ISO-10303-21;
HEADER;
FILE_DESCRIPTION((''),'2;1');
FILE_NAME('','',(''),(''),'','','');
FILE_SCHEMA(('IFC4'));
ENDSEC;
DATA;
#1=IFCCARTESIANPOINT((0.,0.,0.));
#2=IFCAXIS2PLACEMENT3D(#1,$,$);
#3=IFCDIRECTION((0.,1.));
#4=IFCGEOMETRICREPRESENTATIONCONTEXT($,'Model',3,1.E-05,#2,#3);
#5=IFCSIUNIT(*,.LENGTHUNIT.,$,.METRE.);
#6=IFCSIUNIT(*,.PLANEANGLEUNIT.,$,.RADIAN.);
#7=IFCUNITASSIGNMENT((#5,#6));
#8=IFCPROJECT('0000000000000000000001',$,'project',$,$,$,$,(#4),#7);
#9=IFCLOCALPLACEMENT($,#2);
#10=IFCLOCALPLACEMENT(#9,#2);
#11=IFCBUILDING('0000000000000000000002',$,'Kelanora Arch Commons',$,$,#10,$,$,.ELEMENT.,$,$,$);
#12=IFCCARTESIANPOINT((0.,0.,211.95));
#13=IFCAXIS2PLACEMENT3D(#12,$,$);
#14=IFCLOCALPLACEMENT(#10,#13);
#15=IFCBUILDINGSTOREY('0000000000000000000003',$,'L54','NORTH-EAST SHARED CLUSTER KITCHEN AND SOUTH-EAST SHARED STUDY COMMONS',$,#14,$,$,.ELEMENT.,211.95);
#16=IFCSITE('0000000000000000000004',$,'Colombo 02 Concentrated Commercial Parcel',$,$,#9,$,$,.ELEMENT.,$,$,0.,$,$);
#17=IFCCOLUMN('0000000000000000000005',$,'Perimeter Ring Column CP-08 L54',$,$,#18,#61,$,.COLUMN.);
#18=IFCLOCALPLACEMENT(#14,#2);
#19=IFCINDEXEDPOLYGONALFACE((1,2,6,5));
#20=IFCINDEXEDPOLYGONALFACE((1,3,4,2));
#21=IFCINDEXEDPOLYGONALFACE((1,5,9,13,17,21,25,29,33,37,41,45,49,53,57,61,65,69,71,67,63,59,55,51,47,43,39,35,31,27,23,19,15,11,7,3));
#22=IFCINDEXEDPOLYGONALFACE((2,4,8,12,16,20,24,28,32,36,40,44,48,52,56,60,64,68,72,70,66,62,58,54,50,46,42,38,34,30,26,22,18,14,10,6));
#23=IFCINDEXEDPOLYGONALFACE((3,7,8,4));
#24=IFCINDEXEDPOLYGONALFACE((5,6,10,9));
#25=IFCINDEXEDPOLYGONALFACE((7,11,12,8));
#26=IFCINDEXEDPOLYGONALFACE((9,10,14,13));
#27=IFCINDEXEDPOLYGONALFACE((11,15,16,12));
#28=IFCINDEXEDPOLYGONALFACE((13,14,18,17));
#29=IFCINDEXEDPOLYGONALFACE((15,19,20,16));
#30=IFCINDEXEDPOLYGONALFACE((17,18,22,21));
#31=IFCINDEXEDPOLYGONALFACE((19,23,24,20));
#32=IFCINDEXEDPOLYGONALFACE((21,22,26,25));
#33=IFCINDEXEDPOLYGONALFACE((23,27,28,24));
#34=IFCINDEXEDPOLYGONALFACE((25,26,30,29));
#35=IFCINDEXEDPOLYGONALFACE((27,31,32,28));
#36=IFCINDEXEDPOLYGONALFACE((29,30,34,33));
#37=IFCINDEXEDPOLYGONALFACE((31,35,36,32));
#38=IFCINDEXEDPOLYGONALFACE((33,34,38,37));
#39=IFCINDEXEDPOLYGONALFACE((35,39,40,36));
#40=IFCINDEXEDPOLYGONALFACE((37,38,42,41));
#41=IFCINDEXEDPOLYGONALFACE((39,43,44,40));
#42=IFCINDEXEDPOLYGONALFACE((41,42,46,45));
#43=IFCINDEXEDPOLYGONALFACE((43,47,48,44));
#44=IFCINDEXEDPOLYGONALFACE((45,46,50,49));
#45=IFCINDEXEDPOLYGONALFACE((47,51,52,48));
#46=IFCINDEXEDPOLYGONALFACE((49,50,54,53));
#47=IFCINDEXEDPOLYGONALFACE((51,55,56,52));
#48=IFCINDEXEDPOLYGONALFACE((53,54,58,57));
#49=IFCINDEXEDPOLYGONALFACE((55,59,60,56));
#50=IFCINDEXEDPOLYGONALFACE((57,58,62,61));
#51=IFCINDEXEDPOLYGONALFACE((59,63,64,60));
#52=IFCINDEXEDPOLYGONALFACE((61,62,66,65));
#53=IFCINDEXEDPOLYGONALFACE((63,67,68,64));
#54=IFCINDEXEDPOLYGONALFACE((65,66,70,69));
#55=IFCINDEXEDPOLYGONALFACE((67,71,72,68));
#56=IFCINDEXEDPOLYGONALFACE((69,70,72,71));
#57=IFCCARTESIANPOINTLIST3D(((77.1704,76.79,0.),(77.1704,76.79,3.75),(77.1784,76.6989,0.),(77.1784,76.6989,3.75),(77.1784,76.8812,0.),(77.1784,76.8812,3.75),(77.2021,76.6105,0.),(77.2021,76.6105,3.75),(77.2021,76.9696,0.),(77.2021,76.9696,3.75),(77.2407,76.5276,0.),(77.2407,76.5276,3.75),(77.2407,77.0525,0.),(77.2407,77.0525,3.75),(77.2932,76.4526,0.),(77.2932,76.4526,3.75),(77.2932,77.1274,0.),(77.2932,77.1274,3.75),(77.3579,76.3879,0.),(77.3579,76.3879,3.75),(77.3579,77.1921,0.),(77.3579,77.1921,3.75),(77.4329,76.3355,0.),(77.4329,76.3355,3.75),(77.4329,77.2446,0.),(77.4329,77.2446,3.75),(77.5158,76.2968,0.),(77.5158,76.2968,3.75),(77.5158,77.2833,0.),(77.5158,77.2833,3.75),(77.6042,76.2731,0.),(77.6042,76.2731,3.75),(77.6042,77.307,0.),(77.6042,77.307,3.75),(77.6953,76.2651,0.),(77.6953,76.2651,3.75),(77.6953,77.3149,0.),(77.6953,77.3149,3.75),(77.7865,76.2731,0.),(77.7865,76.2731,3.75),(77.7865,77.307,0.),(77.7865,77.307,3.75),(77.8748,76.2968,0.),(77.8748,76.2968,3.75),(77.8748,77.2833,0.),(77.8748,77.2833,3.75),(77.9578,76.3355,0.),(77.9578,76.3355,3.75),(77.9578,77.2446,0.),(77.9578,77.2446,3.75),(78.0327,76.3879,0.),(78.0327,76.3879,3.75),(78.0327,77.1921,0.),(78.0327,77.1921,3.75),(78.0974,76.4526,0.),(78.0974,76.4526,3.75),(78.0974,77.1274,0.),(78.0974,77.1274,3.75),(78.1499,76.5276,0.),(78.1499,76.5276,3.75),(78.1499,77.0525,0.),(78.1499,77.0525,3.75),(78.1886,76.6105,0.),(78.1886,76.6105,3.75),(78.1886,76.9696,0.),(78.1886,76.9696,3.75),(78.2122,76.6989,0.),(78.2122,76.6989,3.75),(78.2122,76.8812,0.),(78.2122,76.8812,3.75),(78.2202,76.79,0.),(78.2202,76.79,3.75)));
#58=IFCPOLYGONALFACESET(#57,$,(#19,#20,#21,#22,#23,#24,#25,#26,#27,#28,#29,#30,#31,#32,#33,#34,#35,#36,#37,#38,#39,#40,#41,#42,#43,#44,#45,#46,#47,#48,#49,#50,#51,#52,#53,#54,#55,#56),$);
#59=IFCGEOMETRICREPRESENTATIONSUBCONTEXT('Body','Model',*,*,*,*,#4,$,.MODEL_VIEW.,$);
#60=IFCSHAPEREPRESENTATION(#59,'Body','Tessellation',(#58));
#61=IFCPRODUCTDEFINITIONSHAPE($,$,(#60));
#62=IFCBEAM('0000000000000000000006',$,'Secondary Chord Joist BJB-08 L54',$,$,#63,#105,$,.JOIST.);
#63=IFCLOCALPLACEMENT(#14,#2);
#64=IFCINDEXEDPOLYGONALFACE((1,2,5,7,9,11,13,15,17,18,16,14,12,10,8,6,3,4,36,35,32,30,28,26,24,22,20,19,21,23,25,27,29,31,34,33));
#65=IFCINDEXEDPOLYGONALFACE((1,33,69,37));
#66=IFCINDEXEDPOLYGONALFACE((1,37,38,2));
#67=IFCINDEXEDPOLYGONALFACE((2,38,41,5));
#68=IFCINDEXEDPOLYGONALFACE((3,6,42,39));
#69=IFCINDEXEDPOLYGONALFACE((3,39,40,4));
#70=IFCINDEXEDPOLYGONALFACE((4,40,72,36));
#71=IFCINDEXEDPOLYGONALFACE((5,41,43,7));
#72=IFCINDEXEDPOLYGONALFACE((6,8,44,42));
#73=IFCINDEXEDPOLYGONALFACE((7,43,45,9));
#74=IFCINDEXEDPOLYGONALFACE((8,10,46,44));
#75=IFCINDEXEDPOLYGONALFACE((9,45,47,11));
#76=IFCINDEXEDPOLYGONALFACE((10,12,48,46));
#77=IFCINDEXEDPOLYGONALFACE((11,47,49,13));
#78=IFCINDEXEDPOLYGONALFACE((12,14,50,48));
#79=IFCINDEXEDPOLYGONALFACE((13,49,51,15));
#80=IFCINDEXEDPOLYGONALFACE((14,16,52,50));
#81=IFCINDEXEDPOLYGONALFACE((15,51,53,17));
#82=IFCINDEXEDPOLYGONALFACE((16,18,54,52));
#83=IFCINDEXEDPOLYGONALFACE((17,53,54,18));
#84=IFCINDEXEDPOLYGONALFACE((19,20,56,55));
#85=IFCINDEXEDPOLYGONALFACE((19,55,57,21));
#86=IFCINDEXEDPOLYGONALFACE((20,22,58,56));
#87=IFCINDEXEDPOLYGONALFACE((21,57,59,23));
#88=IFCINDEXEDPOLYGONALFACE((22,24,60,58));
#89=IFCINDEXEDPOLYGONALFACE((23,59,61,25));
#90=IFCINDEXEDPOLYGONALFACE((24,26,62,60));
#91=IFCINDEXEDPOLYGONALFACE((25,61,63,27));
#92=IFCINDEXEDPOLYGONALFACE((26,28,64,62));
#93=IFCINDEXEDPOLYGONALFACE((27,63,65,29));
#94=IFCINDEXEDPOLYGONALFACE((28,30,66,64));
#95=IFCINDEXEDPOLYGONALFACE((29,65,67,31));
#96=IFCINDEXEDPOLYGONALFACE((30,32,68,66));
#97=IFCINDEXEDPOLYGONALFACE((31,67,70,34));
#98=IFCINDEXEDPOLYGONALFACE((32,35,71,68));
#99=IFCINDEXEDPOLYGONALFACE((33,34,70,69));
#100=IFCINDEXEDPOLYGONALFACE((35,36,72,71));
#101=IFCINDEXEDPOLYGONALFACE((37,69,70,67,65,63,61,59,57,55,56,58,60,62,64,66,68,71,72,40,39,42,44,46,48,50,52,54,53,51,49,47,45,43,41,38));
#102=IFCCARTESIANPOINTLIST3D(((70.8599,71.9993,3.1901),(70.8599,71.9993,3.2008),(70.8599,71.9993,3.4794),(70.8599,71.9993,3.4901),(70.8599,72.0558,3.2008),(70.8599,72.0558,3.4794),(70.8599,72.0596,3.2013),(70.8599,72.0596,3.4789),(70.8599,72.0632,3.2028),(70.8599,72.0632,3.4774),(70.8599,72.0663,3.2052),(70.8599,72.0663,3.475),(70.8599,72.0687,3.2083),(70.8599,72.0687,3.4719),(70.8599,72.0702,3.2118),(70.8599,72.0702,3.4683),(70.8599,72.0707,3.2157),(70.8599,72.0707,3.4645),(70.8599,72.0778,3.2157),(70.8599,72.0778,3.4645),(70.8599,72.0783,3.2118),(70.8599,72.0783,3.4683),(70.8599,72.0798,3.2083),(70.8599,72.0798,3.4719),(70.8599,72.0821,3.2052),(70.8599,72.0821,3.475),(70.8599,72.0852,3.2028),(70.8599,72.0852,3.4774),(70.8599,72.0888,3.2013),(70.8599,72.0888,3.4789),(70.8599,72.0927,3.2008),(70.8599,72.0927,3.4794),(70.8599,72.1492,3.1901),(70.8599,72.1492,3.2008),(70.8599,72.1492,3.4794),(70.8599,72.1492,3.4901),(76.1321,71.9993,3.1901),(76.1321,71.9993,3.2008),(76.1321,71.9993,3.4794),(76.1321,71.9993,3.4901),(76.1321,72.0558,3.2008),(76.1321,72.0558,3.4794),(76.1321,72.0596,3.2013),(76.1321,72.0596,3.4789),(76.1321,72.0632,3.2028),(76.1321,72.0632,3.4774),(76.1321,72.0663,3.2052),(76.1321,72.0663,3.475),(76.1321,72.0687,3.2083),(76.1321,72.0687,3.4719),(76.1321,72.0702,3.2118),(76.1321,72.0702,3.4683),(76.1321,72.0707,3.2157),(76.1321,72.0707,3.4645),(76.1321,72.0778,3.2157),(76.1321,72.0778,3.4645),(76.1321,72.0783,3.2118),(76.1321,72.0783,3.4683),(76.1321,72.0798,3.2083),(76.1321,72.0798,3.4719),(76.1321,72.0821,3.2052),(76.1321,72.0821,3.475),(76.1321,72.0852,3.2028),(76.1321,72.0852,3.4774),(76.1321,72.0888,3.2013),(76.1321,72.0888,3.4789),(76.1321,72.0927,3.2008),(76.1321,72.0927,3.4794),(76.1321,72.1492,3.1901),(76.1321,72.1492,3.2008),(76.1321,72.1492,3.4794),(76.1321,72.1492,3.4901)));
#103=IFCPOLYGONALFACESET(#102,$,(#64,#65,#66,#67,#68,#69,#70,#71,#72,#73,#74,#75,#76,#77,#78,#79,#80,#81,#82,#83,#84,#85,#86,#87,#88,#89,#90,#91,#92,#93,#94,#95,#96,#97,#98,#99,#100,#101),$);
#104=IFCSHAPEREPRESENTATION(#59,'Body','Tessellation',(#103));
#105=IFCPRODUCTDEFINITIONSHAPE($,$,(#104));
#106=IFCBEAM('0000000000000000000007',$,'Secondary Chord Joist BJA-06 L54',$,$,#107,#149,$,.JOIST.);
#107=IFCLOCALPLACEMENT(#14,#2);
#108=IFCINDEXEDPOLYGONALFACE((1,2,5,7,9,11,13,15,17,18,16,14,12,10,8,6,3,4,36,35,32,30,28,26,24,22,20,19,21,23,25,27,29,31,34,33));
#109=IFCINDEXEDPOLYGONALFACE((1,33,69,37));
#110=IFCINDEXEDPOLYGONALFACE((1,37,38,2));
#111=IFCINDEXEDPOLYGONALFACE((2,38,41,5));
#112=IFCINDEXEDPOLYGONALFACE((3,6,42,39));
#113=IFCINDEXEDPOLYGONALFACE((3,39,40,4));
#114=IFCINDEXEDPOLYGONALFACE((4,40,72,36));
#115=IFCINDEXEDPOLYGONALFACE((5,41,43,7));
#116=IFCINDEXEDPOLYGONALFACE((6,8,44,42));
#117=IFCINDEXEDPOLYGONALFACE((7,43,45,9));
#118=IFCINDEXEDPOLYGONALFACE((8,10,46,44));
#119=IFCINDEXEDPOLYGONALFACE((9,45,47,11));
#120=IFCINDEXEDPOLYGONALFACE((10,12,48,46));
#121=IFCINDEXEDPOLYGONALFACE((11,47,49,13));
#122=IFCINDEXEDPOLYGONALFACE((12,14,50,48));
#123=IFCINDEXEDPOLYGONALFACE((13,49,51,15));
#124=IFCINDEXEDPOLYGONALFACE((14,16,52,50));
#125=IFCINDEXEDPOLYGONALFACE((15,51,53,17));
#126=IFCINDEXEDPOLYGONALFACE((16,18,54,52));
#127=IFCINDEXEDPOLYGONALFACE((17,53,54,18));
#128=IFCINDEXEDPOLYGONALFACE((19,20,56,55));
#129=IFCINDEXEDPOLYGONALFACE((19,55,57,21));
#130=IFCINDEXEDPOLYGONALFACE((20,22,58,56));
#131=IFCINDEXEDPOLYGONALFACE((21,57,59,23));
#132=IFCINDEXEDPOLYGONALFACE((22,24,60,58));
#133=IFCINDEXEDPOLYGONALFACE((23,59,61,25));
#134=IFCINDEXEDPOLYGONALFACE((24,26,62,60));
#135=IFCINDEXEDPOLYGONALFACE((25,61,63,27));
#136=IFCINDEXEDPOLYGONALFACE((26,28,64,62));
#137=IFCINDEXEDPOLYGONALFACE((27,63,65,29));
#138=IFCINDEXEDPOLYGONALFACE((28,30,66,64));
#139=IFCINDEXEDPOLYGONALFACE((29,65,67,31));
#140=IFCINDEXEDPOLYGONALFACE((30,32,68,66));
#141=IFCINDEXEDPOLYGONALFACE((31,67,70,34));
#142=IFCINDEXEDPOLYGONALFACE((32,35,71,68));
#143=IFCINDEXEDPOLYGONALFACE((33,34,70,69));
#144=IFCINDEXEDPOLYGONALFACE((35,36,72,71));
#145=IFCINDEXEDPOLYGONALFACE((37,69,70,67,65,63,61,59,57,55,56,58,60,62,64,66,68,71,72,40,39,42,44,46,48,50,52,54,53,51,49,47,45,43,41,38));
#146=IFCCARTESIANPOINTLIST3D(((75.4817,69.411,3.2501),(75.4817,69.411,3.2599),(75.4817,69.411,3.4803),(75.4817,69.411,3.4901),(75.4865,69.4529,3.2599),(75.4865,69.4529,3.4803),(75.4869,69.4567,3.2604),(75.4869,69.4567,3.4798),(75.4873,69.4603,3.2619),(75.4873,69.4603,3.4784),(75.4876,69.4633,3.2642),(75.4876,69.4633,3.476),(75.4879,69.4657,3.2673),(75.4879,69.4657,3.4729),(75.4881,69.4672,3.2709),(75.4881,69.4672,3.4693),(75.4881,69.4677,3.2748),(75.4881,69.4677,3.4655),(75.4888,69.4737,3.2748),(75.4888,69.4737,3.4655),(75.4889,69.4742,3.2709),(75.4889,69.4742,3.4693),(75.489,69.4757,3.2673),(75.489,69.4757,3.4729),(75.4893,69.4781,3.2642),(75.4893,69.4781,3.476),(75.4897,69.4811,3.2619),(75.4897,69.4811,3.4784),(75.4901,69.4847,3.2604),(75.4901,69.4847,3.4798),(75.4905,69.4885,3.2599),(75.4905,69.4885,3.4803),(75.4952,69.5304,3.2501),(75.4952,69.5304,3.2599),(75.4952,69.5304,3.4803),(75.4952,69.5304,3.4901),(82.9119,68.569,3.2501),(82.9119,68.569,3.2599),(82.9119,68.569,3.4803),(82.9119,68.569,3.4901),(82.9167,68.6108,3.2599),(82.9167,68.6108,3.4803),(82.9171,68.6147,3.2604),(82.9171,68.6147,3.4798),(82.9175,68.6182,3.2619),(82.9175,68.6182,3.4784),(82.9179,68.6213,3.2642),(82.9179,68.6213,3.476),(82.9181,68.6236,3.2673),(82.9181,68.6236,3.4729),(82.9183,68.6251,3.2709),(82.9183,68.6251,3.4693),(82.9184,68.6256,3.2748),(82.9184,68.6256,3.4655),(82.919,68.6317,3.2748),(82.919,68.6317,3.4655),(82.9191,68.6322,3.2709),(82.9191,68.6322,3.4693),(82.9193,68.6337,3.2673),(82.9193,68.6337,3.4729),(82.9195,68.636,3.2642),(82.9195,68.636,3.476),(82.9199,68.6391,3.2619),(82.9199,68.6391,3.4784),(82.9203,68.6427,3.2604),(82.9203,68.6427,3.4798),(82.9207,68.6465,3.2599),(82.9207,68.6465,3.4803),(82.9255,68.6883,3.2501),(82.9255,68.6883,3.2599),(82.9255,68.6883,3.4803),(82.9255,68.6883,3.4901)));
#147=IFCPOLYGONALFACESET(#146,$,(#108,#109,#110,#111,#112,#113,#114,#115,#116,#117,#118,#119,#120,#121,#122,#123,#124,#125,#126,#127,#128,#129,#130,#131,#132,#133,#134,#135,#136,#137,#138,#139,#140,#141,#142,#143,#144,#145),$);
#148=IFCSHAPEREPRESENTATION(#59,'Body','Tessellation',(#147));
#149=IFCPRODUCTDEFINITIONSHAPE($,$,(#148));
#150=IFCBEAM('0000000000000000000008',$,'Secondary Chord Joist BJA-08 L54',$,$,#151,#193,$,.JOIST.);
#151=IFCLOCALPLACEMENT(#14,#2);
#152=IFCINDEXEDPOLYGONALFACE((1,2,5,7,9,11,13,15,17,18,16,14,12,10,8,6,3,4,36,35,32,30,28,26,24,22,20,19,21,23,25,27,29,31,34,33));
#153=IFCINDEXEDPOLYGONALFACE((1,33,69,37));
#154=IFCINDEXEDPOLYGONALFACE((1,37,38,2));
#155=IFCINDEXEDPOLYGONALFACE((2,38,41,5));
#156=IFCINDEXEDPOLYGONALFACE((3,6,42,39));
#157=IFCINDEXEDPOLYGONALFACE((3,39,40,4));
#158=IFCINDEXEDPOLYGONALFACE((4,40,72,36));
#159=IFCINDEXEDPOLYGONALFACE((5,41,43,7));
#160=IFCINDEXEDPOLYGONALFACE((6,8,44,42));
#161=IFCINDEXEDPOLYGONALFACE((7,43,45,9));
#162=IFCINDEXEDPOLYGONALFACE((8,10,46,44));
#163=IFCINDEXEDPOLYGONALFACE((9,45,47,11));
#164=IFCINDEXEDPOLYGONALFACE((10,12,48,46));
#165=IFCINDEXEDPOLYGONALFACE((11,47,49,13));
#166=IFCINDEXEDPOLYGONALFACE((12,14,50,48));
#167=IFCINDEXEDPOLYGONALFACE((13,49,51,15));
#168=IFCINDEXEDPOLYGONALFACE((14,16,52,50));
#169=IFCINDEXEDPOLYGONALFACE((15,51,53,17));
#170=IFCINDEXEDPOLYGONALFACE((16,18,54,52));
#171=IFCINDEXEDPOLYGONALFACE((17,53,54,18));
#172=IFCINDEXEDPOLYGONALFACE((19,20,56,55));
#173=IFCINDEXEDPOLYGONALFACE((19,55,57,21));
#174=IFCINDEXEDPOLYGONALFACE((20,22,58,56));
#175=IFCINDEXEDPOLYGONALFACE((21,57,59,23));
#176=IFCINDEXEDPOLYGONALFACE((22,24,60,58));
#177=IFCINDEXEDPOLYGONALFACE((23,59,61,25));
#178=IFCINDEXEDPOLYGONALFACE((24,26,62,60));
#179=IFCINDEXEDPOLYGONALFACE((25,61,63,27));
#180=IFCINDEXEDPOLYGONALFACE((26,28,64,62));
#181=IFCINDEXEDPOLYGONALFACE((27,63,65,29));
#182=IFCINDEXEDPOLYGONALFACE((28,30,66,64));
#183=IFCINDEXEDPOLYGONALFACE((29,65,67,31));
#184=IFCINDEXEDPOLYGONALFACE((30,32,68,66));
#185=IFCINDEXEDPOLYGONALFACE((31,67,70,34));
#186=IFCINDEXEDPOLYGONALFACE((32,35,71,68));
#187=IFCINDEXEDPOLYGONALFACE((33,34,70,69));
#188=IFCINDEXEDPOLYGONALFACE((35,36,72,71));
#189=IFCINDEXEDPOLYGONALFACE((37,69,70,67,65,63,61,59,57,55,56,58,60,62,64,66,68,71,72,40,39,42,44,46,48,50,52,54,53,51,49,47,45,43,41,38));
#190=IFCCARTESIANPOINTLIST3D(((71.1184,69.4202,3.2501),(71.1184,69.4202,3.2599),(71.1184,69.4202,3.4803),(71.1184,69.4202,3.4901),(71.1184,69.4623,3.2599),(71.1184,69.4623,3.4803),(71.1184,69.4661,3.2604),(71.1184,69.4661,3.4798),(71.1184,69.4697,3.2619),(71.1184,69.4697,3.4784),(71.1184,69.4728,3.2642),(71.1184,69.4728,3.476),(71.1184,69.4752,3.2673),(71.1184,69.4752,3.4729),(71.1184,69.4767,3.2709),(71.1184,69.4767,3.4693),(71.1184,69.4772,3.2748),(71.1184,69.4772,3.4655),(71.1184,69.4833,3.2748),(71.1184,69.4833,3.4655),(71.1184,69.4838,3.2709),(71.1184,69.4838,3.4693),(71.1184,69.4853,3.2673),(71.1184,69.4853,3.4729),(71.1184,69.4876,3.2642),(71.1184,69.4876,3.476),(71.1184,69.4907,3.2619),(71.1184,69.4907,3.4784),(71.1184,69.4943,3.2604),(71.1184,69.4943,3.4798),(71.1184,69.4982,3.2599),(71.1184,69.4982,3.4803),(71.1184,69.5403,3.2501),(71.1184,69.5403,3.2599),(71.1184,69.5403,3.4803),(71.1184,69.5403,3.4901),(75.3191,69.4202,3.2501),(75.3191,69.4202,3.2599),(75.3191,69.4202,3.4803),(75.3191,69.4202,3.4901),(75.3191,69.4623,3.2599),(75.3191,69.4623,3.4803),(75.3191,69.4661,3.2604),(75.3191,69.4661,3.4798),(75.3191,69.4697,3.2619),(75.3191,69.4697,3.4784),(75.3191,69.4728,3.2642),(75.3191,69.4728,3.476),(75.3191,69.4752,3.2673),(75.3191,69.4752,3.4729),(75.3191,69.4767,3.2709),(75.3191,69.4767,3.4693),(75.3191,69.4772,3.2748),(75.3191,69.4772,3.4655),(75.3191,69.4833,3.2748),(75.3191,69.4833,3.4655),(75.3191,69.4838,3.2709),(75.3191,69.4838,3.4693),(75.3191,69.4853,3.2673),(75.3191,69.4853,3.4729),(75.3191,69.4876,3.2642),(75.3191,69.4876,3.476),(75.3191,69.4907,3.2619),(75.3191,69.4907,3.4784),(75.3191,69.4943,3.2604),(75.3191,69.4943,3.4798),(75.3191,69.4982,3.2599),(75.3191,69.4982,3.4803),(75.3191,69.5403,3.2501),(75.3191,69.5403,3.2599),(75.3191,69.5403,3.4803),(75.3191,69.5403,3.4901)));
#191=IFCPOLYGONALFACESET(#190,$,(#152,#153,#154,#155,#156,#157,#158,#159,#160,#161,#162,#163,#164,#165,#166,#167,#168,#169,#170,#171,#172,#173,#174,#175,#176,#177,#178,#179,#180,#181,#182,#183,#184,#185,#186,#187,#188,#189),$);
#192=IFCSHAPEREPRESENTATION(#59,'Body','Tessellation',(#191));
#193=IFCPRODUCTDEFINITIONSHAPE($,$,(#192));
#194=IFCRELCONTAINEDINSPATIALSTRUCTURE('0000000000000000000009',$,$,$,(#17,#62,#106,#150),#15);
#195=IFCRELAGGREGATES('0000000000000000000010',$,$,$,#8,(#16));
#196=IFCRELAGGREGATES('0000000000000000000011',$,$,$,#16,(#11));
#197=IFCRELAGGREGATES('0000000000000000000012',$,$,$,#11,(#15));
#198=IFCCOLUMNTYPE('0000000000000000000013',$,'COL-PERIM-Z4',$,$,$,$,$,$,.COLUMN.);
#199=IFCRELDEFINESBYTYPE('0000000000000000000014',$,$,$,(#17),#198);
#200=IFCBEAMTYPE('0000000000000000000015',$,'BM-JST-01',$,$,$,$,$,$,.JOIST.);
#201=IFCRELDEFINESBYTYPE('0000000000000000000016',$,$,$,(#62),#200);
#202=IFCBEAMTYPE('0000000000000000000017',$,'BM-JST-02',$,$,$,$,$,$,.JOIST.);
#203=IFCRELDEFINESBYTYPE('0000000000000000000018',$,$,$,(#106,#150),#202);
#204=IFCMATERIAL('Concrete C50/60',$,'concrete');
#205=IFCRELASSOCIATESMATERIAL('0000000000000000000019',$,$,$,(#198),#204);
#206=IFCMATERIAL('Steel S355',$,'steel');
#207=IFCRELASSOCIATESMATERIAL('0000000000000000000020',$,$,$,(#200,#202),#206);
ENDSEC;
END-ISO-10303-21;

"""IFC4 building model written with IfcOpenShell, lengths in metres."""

from ifc_helpers import new_model, si_unit, direction, frame, origin, origin_2d, place, context, subcontext, project, spatial, circle, i_section, extrude, material, material_profile, profile_set, type_object, element, save


model = new_model("IFC4")

# Units and contexts
model_context = context("Model", 3, precision=1e-05, world=origin(), true_north=direction((0.0, 1.0)))
body_context = subcontext(model_context, "Body", "Model", "MODEL_VIEW")
ifc_project = project(units=[si_unit("LENGTHUNIT", "METRE"), si_unit("PLANEANGLEUNIT", "RADIAN")], contexts=[model_context])

# Site, building, storey
site_placement = place(None, origin())
site = spatial("IfcSite", under=ifc_project, at=site_placement, Name="Colombo 02 Concentrated Commercial Parcel", CompositionType="ELEMENT", RefElevation=0.0)
building_placement = place(site_placement, origin())
building = spatial("IfcBuilding", under=site, at=building_placement, Name="Kelanora Arch Commons", CompositionType="ELEMENT")
storey_placement = place(building_placement, frame((0.0, 0.0, 211.95)))
storey = spatial("IfcBuildingStorey", under=building, at=storey_placement, Name="L54", Description="NORTH-EAST SHARED CLUSTER KITCHEN AND SOUTH-EAST SHARED STUDY COMMONS", CompositionType="ELEMENT", Elevation=211.95)

# Column
ifc_material_1 = material(Name="Concrete C50/60", Category="concrete")
ifc_material_profile_1 = material_profile(ifc_material_1, circle(Radius=0.5249, at=origin_2d()), Name="RCC1050")
ifc_profile_set_1 = profile_set([ifc_material_profile_1], Name="Concrete C50/60")
column_type = type_object("IfcColumnType", Name="COL-PERIM-Z4", PredefinedType="COLUMN", material=ifc_profile_set_1)
column_placement = place(storey_placement, frame((77.6953, 76.79, 0.0), z_axis=(0.0, 0.0, 1.0), x_axis=(1.0, 0.0, 0.0)))
element("IfcColumn", 1, at=column_placement, inside=storey, type_object=column_type, Name="Perimeter Ring Column CP-08 L54", PredefinedType="COLUMN", context=body_context, shape_type="SweptSolid", body=[
    extrude(circle(Radius=0.5249, at=origin_2d()), origin(), (0.0, 0.0, 1.0), 3.75),
])

# Beams
ifc_material_2 = material(Name="Steel S355", Category="steel")
ifc_material_profile_2 = material_profile(ifc_material_2, i_section(OverallWidth=0.1499, OverallDepth=0.3, WebThickness=0.0071, FlangeThickness=0.0107, FilletRadius=0.0149, at=origin_2d()), Name="IPE300")
ifc_profile_set_2 = profile_set([ifc_material_profile_2], Name="Steel S355")
beam_type_1 = type_object("IfcBeamType", Name="BM-JST-01", PredefinedType="JOIST", material=ifc_profile_set_2)
beam_1_placement = place(storey_placement, frame((76.1321, 72.0742, 3.3401), z_axis=(-1.0, 0.0, 0.0), x_axis=(0.0, -1.0, 0.0)))
element("IfcBeam", 2, at=beam_1_placement, inside=storey, type_object=beam_type_1, Name="Secondary Chord Joist BJB-08 L54", PredefinedType="JOIST", context=body_context, shape_type="SweptSolid", body=[
    extrude(i_section(OverallWidth=0.1499, OverallDepth=0.3, WebThickness=0.0071, FlangeThickness=0.0107, FilletRadius=0.0149, at=origin_2d()), origin(), (0.0, 0.0, 1.0), 5.2722),
])
ifc_material_profile_3 = material_profile(ifc_material_2, i_section(OverallWidth=0.1201, OverallDepth=0.24, WebThickness=0.0061, FlangeThickness=0.0098, FilletRadius=0.0149, at=origin_2d()), Name="IPE240")
ifc_profile_set_3 = profile_set([ifc_material_profile_3], Name="Steel S355")
beam_type_2 = type_object("IfcBeamType", Name="BM-JST-02", PredefinedType="JOIST", material=ifc_profile_set_3)
beam_2_placement = place(storey_placement, frame((82.9187, 68.6287, 3.3701), z_axis=(-0.99364, 0.112606, 0.0), x_axis=(-0.112606, -0.99364, 0.0)))
element("IfcBeam", 3, at=beam_2_placement, inside=storey, type_object=beam_type_2, Name="Secondary Chord Joist BJA-06 L54", PredefinedType="JOIST", context=body_context, shape_type="SweptSolid", body=[
    extrude(i_section(OverallWidth=0.1201, OverallDepth=0.24, WebThickness=0.0061, FlangeThickness=0.0098, FilletRadius=0.0149, at=origin_2d()), origin(), (0.0, 0.0, 1.0), 7.4778),
])
beam_3_placement = place(storey_placement, frame((75.3191, 69.4802, 3.3701), z_axis=(-1.0, 0.0, 0.0), x_axis=(0.0, -1.0, 0.0)))
element("IfcBeam", 4, at=beam_3_placement, inside=storey, type_object=beam_type_2, Name="Secondary Chord Joist BJA-08 L54", PredefinedType="JOIST", context=body_context, shape_type="SweptSolid", body=[
    extrude(i_section(OverallWidth=0.1201, OverallDepth=0.24, WebThickness=0.0061, FlangeThickness=0.0098, FilletRadius=0.0149, at=origin_2d()), origin(), (0.0, 0.0, 1.0), 4.2007),
])

save(model, "model.ifc")
